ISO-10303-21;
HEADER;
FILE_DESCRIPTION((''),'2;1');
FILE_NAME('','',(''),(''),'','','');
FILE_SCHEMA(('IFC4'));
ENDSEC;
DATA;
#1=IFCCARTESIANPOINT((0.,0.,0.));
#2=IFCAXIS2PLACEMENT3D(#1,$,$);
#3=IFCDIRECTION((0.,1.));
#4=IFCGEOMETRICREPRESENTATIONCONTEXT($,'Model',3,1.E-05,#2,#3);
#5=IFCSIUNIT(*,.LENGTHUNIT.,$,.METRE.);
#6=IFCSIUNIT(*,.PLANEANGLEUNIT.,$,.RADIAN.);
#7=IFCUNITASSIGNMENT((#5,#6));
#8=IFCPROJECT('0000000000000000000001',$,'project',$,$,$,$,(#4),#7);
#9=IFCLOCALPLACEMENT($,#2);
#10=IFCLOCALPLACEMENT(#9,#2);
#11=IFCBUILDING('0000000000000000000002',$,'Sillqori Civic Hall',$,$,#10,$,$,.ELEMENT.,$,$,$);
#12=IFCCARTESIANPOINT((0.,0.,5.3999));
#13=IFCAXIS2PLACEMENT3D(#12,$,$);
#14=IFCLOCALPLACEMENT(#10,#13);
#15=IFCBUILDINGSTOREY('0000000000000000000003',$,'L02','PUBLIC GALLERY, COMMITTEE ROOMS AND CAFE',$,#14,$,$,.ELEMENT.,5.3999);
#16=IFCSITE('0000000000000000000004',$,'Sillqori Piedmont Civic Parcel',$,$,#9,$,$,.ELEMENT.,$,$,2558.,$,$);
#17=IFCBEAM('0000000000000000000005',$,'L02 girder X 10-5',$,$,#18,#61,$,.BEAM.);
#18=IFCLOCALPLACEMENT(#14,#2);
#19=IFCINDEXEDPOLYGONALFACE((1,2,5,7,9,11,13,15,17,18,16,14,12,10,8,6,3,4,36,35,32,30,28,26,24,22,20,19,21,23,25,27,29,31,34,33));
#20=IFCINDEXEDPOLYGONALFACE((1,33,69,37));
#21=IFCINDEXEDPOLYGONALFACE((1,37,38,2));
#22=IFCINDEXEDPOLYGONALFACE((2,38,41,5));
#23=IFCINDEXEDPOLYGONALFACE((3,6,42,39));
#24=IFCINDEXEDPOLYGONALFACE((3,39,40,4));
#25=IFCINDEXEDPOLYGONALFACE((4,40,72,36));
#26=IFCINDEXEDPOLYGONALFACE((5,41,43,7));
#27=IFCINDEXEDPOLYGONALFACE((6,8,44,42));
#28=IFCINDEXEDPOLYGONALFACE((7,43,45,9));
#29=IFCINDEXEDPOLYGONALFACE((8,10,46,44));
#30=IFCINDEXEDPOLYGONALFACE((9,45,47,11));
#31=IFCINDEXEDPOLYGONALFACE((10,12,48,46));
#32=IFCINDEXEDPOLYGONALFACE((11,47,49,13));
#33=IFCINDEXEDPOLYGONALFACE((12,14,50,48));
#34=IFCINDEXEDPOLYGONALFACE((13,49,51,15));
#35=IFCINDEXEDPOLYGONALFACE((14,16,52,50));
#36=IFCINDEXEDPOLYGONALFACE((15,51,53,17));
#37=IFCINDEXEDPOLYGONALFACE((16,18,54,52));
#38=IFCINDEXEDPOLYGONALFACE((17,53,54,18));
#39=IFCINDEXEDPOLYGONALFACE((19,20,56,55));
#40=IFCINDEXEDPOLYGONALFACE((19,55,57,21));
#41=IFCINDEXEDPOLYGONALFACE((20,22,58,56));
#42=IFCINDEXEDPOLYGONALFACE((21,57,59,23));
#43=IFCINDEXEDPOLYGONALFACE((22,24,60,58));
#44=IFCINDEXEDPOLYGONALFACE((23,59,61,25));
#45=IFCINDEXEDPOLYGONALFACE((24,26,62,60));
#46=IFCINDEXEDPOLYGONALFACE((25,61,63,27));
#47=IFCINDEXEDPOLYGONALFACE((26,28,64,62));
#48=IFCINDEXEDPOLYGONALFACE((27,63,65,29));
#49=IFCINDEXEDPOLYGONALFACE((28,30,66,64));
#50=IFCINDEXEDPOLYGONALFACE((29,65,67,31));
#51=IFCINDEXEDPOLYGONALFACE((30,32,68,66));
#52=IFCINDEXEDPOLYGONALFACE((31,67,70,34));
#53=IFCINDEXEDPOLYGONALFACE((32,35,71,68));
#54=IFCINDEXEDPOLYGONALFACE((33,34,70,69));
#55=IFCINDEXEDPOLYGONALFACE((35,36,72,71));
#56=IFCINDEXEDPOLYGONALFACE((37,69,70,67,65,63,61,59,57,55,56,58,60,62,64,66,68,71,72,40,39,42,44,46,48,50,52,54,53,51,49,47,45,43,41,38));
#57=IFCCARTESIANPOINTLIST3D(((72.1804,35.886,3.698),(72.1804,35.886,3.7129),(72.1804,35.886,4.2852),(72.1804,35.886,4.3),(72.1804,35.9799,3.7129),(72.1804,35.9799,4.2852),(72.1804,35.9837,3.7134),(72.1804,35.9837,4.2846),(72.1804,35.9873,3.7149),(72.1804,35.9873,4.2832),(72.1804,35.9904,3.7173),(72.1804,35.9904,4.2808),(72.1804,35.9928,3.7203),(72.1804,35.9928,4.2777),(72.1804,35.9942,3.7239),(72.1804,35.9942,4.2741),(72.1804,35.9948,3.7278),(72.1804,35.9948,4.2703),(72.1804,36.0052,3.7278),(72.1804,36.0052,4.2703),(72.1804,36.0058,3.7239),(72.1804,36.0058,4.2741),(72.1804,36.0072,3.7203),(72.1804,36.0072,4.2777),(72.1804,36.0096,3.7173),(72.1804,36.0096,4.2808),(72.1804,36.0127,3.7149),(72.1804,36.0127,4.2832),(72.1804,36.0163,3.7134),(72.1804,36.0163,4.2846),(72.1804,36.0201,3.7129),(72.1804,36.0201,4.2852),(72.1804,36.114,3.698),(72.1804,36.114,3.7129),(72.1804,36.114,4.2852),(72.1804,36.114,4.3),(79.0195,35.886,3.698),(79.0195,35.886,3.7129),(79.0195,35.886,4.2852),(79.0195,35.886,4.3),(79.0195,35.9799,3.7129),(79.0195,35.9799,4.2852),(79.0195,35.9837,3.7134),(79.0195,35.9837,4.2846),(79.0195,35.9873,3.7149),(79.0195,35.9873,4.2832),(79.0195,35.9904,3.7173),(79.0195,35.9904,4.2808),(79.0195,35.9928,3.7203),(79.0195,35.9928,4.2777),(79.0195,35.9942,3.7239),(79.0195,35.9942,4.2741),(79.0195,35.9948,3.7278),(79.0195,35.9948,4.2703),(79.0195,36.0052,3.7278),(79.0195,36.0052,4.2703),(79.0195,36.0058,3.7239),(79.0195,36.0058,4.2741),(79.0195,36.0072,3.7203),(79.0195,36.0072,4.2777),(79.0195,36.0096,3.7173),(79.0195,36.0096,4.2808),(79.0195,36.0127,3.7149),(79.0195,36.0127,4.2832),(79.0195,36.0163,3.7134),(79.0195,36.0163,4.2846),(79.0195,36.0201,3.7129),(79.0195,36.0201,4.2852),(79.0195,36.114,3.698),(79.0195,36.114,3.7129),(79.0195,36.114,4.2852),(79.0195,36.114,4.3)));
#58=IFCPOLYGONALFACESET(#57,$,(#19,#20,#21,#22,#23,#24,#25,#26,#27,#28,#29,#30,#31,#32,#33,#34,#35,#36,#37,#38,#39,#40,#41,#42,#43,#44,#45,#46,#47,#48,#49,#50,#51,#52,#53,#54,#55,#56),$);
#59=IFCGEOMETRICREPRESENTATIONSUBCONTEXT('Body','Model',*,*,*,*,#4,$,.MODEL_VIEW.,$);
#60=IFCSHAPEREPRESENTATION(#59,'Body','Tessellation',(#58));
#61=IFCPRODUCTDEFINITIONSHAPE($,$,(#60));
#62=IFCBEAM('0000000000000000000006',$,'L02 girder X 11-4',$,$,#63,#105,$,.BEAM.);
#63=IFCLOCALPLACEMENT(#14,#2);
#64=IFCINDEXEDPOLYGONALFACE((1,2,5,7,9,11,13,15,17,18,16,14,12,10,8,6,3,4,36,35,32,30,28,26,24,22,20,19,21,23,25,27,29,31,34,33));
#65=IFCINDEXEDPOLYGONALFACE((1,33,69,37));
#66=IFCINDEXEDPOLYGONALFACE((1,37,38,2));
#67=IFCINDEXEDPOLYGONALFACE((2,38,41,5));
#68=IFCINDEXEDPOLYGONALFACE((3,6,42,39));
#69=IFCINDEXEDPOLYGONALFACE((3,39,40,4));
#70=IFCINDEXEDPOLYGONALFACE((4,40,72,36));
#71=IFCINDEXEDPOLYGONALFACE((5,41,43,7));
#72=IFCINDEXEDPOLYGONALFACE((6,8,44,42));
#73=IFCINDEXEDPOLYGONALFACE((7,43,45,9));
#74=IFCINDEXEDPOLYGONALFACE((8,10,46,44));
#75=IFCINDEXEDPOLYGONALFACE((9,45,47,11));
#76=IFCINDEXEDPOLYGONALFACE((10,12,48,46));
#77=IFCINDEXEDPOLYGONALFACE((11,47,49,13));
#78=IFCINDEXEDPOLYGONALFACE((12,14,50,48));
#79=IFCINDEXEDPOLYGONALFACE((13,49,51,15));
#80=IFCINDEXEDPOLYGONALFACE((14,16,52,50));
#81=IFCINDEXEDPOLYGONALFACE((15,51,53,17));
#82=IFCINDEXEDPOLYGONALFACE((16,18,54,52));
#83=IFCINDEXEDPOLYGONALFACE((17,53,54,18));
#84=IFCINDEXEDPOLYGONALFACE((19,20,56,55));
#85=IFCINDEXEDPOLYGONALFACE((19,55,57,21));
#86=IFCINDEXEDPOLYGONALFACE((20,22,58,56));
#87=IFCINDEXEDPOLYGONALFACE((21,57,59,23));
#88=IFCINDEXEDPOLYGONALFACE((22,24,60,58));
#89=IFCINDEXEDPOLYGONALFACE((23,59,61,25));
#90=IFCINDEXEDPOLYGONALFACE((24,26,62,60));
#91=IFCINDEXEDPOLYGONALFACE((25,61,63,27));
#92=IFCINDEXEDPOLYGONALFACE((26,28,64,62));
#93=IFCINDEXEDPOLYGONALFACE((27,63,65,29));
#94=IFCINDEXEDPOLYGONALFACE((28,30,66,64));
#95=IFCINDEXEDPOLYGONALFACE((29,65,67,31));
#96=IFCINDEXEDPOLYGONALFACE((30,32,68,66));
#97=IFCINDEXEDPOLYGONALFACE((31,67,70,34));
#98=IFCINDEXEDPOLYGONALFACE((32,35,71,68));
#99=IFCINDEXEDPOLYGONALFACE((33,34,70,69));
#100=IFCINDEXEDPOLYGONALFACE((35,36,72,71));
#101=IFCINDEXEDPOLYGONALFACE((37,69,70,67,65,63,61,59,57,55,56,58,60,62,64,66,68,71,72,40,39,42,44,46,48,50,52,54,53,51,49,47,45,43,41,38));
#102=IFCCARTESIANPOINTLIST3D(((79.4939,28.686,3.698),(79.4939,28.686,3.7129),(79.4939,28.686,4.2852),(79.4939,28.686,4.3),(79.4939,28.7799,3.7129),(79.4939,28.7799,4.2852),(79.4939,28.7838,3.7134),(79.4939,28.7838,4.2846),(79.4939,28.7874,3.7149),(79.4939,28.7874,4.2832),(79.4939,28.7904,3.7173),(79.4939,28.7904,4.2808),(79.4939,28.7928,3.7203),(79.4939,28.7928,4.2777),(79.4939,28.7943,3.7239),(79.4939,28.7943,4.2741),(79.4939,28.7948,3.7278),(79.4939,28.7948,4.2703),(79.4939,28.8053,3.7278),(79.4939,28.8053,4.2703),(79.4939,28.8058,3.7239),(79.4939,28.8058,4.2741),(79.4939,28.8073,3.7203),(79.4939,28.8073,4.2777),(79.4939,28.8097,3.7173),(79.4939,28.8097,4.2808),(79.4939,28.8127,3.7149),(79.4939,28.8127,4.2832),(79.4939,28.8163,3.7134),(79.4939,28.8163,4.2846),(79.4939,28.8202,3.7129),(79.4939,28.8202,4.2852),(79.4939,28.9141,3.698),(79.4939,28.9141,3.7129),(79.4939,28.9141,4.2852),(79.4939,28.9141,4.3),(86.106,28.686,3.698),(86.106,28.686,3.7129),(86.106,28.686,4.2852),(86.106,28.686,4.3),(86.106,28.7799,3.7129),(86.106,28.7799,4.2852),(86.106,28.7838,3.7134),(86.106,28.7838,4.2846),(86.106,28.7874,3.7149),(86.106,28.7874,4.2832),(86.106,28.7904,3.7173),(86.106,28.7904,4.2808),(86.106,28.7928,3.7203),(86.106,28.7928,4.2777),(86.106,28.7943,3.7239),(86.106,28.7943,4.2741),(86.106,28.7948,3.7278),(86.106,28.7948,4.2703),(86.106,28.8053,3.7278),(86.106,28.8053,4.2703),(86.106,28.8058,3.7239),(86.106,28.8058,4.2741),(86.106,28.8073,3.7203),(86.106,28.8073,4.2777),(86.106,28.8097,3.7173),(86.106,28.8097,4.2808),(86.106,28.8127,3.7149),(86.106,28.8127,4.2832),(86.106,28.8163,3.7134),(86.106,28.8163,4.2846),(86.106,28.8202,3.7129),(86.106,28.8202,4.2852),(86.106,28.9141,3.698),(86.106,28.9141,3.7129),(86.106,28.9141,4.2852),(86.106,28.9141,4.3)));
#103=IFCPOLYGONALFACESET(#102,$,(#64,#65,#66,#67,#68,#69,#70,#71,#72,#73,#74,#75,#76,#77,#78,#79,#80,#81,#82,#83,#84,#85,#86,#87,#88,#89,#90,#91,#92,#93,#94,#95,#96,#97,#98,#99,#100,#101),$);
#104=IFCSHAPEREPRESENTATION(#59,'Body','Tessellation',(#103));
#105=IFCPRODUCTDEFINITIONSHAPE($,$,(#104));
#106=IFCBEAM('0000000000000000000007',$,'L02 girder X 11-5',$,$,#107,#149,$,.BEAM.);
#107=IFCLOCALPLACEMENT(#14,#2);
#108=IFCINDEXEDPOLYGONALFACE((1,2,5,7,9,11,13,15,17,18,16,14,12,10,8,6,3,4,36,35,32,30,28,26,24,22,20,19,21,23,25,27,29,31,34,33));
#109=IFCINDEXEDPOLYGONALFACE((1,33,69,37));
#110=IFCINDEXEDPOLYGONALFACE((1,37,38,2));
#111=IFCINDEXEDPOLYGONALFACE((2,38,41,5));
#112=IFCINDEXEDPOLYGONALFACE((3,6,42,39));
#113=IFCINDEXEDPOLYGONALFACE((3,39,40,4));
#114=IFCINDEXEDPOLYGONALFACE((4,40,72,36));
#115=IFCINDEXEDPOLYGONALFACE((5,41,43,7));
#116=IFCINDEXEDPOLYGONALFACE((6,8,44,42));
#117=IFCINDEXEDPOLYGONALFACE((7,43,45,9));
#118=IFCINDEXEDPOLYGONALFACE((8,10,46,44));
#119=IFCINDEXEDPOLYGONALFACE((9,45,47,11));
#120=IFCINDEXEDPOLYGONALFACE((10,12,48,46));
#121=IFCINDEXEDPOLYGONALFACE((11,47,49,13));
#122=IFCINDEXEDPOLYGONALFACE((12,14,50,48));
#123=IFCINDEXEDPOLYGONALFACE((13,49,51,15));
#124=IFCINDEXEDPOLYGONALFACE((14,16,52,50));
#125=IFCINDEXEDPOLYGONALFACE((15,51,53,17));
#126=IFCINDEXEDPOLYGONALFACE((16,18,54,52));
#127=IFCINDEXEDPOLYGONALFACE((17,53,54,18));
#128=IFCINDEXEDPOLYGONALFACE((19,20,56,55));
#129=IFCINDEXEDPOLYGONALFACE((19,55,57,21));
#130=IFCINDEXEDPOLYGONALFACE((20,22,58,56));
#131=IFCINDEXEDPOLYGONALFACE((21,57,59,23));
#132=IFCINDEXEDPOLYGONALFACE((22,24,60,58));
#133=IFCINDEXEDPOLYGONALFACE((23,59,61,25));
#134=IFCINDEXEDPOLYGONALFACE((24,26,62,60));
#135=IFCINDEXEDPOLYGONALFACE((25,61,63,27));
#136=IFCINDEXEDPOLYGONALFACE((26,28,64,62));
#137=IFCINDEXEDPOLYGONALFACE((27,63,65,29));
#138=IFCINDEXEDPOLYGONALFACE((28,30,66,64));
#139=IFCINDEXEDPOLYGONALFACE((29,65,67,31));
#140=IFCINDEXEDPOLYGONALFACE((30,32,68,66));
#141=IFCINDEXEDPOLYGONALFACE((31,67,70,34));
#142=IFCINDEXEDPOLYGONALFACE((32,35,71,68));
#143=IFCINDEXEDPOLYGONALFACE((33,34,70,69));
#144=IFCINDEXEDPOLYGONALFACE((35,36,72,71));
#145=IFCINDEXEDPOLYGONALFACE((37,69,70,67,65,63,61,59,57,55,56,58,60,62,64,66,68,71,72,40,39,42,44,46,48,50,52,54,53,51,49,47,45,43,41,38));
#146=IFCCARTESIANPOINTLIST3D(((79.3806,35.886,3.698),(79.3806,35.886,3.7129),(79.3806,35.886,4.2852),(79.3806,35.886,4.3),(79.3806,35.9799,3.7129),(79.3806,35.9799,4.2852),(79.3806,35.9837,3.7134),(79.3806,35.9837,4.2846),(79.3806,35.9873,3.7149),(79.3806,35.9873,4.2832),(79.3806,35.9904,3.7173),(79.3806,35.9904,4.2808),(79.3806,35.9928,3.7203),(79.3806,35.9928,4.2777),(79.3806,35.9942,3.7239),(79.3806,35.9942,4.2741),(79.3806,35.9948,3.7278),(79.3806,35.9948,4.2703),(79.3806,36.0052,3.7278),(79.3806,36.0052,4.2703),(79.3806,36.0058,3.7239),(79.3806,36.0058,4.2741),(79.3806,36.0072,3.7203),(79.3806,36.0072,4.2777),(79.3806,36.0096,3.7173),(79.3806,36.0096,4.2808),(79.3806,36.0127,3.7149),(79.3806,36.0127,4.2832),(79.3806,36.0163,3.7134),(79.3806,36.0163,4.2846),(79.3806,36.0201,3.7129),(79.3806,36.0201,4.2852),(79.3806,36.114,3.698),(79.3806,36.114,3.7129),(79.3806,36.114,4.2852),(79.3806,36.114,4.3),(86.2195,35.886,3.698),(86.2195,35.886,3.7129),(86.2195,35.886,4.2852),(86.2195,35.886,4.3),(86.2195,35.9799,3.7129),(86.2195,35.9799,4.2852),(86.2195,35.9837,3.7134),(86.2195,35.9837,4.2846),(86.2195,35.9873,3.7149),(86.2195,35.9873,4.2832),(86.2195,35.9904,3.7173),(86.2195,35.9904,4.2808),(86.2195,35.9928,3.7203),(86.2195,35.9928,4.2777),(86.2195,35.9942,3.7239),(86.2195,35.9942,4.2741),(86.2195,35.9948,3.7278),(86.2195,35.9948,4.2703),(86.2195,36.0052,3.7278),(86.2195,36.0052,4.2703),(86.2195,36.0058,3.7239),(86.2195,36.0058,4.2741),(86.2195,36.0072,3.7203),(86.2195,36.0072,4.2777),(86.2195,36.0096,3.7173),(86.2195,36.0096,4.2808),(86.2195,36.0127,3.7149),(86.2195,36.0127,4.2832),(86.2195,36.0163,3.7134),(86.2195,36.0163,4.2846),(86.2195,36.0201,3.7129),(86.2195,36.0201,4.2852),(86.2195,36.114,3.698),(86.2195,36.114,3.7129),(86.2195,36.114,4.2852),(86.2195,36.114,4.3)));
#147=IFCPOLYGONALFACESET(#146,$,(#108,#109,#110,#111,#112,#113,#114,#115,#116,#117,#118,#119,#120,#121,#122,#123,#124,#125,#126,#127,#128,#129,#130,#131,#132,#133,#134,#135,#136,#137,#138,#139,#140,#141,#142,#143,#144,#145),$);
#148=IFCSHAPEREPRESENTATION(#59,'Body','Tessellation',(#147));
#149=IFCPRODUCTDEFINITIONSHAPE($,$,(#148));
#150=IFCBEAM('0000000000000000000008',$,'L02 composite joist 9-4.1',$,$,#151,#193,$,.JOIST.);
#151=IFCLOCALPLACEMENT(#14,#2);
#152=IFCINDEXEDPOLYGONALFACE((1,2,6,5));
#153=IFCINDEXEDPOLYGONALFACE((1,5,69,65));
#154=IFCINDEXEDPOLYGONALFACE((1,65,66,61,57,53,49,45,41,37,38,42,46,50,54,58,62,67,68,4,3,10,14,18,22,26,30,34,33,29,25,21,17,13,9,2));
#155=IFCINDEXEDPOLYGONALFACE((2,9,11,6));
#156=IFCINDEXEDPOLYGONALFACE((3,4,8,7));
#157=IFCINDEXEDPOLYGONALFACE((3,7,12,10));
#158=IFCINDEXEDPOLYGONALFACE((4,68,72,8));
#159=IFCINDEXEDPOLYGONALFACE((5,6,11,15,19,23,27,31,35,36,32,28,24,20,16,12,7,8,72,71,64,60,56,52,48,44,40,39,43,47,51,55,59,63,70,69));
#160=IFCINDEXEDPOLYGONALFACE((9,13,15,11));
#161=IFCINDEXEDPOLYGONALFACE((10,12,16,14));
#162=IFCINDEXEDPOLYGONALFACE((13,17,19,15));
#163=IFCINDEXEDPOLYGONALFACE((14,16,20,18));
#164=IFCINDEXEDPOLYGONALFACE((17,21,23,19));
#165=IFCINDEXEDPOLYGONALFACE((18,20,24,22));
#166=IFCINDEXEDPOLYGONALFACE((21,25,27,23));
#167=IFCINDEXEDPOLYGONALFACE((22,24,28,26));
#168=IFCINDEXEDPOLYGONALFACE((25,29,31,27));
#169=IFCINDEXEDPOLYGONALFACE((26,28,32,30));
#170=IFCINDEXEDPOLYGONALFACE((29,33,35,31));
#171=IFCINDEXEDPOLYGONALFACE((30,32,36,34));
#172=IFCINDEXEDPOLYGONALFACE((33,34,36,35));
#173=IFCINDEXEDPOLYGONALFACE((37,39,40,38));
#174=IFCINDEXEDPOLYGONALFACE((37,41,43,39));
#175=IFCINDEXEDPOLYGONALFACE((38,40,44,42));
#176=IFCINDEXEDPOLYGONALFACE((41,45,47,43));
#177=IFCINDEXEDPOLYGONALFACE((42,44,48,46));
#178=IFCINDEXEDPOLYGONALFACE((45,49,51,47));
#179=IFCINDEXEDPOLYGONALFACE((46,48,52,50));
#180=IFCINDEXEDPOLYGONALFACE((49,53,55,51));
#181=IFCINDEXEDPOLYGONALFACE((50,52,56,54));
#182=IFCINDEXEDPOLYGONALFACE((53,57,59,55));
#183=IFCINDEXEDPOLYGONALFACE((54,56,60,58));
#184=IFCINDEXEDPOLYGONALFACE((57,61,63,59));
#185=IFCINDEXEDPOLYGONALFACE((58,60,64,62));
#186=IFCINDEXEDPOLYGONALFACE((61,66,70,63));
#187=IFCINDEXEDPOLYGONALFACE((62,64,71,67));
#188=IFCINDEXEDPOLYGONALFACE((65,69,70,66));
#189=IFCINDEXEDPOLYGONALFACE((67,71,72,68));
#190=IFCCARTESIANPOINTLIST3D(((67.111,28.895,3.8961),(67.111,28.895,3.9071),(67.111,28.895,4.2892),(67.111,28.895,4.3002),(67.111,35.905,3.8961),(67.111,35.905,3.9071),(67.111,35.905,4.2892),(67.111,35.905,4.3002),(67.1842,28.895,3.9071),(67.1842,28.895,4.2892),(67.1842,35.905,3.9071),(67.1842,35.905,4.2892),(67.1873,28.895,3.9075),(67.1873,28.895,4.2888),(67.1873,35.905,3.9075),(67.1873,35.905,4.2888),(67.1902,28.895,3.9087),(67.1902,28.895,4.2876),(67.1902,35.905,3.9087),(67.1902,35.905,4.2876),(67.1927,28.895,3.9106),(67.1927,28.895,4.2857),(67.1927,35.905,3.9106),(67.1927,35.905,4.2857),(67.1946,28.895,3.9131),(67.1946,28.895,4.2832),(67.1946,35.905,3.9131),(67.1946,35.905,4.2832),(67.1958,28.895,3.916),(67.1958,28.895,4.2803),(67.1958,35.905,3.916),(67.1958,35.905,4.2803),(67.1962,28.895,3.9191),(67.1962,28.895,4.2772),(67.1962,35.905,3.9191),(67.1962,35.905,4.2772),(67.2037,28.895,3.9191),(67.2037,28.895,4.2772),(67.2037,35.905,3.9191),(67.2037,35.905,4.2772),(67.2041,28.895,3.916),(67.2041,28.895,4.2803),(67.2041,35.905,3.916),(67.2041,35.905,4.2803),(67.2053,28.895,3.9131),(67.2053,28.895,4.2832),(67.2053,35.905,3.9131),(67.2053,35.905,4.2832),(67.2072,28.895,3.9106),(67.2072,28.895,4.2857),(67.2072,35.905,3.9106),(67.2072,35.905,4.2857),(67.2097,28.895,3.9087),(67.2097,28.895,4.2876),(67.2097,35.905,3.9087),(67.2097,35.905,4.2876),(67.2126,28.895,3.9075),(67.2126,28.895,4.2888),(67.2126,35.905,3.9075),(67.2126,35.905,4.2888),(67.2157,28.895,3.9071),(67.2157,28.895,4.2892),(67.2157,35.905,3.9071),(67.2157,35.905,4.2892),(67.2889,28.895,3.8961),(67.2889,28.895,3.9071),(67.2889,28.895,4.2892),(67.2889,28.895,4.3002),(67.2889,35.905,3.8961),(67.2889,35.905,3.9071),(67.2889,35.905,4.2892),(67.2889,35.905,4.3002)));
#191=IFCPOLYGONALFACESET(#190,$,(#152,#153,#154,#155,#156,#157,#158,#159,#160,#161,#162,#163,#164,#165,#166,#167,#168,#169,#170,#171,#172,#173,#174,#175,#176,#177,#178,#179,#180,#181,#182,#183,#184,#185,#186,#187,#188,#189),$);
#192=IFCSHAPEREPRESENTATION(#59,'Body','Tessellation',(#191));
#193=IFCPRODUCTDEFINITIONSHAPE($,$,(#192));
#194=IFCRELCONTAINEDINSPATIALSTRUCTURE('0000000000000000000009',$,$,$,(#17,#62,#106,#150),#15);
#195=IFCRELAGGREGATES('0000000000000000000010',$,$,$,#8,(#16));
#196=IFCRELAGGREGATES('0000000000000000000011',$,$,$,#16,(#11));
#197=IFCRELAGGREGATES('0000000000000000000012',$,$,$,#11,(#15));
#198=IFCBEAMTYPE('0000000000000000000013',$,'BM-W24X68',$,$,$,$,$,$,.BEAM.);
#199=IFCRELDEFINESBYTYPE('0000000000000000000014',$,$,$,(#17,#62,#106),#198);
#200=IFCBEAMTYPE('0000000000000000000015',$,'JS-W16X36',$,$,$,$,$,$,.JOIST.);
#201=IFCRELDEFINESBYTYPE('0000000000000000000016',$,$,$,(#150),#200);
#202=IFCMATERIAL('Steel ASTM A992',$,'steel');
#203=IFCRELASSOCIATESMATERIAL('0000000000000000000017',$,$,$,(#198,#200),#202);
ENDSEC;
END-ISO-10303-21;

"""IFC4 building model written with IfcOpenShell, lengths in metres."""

from ifc_helpers import new_model, si_unit, direction, frame, origin, origin_2d, place, context, subcontext, project, spatial, i_section, extrude, material, material_profile, profile_set, type_object, element, save


model = new_model("IFC4")

# Units and contexts
model_context = context("Model", 3, precision=1e-05, world=origin(), true_north=direction((0.0, 1.0)))
body_context = subcontext(model_context, "Body", "Model", "MODEL_VIEW")
ifc_project = project(units=[si_unit("LENGTHUNIT", "METRE"), si_unit("PLANEANGLEUNIT", "RADIAN")], contexts=[model_context])

# Site, building, storey
site_placement = place(None, origin())
site = spatial("IfcSite", under=ifc_project, at=site_placement, Name="Sillqori Piedmont Civic Parcel", CompositionType="ELEMENT", RefElevation=2558.0)
building_placement = place(site_placement, origin())
building = spatial("IfcBuilding", under=site, at=building_placement, Name="Sillqori Civic Hall", CompositionType="ELEMENT")
storey_placement = place(building_placement, frame((0.0, 0.0, 5.3999)))
storey = spatial("IfcBuildingStorey", under=building, at=storey_placement, Name="L02", Description="PUBLIC GALLERY, COMMITTEE ROOMS AND CAFE", CompositionType="ELEMENT", Elevation=5.3999)

# Shared definitions
ifc_material_1 = material(Name="Steel ASTM A992", Category="steel")

# Beams
ifc_material_profile_1 = material_profile(ifc_material_1, i_section(OverallWidth=0.228, OverallDepth=0.6021, WebThickness=0.0105, FlangeThickness=0.0149, FilletRadius=0.0149, at=origin_2d()), Name="W24X68")
ifc_profile_set_1 = profile_set([ifc_material_profile_1], Name="Steel ASTM A992")
beam_type_1 = type_object("IfcBeamType", Name="BM-W24X68", PredefinedType="BEAM", material=ifc_profile_set_1)
beam_1_placement = place(storey_placement, frame((72.1804, 36.0, 3.999), z_axis=(1.0, 0.0, 0.0), x_axis=(0.0, 1.0, 0.0)))
element("IfcBeam", 1, at=beam_1_placement, inside=storey, type_object=beam_type_1, Name="L02 girder X 10-5", PredefinedType="BEAM", context=body_context, shape_type="SweptSolid", body=[
    extrude(i_section(OverallWidth=0.228, OverallDepth=0.6021, WebThickness=0.0105, FlangeThickness=0.0149, FilletRadius=0.0149, at=origin_2d()), origin(), (0.0, 0.0, 1.0), 6.8391),
])
beam_2_placement = place(storey_placement, frame((79.4939, 28.8, 3.999), z_axis=(1.0, 0.0, 0.0), x_axis=(0.0, 1.0, 0.0)))
element("IfcBeam", 2, at=beam_2_placement, inside=storey, type_object=beam_type_1, Name="L02 girder X 11-4", PredefinedType="BEAM", context=body_context, shape_type="SweptSolid", body=[
    extrude(i_section(OverallWidth=0.228, OverallDepth=0.6021, WebThickness=0.0105, FlangeThickness=0.0149, FilletRadius=0.0149, at=origin_2d()), origin(), (0.0, 0.0, 1.0), 6.6121),
])
beam_3_placement = place(storey_placement, frame((79.3806, 36.0, 3.999), z_axis=(1.0, 0.0, 0.0), x_axis=(0.0, 1.0, 0.0)))
element("IfcBeam", 3, at=beam_3_placement, inside=storey, type_object=beam_type_1, Name="L02 girder X 11-5", PredefinedType="BEAM", context=body_context, shape_type="SweptSolid", body=[
    extrude(i_section(OverallWidth=0.228, OverallDepth=0.6021, WebThickness=0.0105, FlangeThickness=0.0149, FilletRadius=0.0149, at=origin_2d()), origin(), (0.0, 0.0, 1.0), 6.8389),
])
ifc_material_profile_2 = material_profile(ifc_material_1, i_section(OverallWidth=0.178, OverallDepth=0.4041, WebThickness=0.0076, FlangeThickness=0.011, FilletRadius=0.012, at=origin_2d()), Name="W16X36")
ifc_profile_set_2 = profile_set([ifc_material_profile_2], Name="Steel ASTM A992")
beam_type_2 = type_object("IfcBeamType", Name="JS-W16X36", PredefinedType="JOIST", material=ifc_profile_set_2)
for number, where, z_axis, x_axis, name in (
    (4, (67.2, 28.895, 4.0981), (0.0, 1.0, 0.0), (-1.0, 0.0, 0.0), "L02 composite joist 9-4.1"),
):
    element("IfcBeam", number, at=place(storey_placement, frame(where, z_axis=z_axis, x_axis=x_axis)), inside=storey, type_object=beam_type_2, Name=name, PredefinedType="JOIST", context=body_context, shape_type="SweptSolid", body=[
        extrude(i_section(OverallWidth=0.178, OverallDepth=0.4041, WebThickness=0.0076, FlangeThickness=0.011, FilletRadius=0.012, at=origin_2d()), origin(), (0.0, 0.0, 1.0), 7.01),
    ])

save(model, "model.ifc")
